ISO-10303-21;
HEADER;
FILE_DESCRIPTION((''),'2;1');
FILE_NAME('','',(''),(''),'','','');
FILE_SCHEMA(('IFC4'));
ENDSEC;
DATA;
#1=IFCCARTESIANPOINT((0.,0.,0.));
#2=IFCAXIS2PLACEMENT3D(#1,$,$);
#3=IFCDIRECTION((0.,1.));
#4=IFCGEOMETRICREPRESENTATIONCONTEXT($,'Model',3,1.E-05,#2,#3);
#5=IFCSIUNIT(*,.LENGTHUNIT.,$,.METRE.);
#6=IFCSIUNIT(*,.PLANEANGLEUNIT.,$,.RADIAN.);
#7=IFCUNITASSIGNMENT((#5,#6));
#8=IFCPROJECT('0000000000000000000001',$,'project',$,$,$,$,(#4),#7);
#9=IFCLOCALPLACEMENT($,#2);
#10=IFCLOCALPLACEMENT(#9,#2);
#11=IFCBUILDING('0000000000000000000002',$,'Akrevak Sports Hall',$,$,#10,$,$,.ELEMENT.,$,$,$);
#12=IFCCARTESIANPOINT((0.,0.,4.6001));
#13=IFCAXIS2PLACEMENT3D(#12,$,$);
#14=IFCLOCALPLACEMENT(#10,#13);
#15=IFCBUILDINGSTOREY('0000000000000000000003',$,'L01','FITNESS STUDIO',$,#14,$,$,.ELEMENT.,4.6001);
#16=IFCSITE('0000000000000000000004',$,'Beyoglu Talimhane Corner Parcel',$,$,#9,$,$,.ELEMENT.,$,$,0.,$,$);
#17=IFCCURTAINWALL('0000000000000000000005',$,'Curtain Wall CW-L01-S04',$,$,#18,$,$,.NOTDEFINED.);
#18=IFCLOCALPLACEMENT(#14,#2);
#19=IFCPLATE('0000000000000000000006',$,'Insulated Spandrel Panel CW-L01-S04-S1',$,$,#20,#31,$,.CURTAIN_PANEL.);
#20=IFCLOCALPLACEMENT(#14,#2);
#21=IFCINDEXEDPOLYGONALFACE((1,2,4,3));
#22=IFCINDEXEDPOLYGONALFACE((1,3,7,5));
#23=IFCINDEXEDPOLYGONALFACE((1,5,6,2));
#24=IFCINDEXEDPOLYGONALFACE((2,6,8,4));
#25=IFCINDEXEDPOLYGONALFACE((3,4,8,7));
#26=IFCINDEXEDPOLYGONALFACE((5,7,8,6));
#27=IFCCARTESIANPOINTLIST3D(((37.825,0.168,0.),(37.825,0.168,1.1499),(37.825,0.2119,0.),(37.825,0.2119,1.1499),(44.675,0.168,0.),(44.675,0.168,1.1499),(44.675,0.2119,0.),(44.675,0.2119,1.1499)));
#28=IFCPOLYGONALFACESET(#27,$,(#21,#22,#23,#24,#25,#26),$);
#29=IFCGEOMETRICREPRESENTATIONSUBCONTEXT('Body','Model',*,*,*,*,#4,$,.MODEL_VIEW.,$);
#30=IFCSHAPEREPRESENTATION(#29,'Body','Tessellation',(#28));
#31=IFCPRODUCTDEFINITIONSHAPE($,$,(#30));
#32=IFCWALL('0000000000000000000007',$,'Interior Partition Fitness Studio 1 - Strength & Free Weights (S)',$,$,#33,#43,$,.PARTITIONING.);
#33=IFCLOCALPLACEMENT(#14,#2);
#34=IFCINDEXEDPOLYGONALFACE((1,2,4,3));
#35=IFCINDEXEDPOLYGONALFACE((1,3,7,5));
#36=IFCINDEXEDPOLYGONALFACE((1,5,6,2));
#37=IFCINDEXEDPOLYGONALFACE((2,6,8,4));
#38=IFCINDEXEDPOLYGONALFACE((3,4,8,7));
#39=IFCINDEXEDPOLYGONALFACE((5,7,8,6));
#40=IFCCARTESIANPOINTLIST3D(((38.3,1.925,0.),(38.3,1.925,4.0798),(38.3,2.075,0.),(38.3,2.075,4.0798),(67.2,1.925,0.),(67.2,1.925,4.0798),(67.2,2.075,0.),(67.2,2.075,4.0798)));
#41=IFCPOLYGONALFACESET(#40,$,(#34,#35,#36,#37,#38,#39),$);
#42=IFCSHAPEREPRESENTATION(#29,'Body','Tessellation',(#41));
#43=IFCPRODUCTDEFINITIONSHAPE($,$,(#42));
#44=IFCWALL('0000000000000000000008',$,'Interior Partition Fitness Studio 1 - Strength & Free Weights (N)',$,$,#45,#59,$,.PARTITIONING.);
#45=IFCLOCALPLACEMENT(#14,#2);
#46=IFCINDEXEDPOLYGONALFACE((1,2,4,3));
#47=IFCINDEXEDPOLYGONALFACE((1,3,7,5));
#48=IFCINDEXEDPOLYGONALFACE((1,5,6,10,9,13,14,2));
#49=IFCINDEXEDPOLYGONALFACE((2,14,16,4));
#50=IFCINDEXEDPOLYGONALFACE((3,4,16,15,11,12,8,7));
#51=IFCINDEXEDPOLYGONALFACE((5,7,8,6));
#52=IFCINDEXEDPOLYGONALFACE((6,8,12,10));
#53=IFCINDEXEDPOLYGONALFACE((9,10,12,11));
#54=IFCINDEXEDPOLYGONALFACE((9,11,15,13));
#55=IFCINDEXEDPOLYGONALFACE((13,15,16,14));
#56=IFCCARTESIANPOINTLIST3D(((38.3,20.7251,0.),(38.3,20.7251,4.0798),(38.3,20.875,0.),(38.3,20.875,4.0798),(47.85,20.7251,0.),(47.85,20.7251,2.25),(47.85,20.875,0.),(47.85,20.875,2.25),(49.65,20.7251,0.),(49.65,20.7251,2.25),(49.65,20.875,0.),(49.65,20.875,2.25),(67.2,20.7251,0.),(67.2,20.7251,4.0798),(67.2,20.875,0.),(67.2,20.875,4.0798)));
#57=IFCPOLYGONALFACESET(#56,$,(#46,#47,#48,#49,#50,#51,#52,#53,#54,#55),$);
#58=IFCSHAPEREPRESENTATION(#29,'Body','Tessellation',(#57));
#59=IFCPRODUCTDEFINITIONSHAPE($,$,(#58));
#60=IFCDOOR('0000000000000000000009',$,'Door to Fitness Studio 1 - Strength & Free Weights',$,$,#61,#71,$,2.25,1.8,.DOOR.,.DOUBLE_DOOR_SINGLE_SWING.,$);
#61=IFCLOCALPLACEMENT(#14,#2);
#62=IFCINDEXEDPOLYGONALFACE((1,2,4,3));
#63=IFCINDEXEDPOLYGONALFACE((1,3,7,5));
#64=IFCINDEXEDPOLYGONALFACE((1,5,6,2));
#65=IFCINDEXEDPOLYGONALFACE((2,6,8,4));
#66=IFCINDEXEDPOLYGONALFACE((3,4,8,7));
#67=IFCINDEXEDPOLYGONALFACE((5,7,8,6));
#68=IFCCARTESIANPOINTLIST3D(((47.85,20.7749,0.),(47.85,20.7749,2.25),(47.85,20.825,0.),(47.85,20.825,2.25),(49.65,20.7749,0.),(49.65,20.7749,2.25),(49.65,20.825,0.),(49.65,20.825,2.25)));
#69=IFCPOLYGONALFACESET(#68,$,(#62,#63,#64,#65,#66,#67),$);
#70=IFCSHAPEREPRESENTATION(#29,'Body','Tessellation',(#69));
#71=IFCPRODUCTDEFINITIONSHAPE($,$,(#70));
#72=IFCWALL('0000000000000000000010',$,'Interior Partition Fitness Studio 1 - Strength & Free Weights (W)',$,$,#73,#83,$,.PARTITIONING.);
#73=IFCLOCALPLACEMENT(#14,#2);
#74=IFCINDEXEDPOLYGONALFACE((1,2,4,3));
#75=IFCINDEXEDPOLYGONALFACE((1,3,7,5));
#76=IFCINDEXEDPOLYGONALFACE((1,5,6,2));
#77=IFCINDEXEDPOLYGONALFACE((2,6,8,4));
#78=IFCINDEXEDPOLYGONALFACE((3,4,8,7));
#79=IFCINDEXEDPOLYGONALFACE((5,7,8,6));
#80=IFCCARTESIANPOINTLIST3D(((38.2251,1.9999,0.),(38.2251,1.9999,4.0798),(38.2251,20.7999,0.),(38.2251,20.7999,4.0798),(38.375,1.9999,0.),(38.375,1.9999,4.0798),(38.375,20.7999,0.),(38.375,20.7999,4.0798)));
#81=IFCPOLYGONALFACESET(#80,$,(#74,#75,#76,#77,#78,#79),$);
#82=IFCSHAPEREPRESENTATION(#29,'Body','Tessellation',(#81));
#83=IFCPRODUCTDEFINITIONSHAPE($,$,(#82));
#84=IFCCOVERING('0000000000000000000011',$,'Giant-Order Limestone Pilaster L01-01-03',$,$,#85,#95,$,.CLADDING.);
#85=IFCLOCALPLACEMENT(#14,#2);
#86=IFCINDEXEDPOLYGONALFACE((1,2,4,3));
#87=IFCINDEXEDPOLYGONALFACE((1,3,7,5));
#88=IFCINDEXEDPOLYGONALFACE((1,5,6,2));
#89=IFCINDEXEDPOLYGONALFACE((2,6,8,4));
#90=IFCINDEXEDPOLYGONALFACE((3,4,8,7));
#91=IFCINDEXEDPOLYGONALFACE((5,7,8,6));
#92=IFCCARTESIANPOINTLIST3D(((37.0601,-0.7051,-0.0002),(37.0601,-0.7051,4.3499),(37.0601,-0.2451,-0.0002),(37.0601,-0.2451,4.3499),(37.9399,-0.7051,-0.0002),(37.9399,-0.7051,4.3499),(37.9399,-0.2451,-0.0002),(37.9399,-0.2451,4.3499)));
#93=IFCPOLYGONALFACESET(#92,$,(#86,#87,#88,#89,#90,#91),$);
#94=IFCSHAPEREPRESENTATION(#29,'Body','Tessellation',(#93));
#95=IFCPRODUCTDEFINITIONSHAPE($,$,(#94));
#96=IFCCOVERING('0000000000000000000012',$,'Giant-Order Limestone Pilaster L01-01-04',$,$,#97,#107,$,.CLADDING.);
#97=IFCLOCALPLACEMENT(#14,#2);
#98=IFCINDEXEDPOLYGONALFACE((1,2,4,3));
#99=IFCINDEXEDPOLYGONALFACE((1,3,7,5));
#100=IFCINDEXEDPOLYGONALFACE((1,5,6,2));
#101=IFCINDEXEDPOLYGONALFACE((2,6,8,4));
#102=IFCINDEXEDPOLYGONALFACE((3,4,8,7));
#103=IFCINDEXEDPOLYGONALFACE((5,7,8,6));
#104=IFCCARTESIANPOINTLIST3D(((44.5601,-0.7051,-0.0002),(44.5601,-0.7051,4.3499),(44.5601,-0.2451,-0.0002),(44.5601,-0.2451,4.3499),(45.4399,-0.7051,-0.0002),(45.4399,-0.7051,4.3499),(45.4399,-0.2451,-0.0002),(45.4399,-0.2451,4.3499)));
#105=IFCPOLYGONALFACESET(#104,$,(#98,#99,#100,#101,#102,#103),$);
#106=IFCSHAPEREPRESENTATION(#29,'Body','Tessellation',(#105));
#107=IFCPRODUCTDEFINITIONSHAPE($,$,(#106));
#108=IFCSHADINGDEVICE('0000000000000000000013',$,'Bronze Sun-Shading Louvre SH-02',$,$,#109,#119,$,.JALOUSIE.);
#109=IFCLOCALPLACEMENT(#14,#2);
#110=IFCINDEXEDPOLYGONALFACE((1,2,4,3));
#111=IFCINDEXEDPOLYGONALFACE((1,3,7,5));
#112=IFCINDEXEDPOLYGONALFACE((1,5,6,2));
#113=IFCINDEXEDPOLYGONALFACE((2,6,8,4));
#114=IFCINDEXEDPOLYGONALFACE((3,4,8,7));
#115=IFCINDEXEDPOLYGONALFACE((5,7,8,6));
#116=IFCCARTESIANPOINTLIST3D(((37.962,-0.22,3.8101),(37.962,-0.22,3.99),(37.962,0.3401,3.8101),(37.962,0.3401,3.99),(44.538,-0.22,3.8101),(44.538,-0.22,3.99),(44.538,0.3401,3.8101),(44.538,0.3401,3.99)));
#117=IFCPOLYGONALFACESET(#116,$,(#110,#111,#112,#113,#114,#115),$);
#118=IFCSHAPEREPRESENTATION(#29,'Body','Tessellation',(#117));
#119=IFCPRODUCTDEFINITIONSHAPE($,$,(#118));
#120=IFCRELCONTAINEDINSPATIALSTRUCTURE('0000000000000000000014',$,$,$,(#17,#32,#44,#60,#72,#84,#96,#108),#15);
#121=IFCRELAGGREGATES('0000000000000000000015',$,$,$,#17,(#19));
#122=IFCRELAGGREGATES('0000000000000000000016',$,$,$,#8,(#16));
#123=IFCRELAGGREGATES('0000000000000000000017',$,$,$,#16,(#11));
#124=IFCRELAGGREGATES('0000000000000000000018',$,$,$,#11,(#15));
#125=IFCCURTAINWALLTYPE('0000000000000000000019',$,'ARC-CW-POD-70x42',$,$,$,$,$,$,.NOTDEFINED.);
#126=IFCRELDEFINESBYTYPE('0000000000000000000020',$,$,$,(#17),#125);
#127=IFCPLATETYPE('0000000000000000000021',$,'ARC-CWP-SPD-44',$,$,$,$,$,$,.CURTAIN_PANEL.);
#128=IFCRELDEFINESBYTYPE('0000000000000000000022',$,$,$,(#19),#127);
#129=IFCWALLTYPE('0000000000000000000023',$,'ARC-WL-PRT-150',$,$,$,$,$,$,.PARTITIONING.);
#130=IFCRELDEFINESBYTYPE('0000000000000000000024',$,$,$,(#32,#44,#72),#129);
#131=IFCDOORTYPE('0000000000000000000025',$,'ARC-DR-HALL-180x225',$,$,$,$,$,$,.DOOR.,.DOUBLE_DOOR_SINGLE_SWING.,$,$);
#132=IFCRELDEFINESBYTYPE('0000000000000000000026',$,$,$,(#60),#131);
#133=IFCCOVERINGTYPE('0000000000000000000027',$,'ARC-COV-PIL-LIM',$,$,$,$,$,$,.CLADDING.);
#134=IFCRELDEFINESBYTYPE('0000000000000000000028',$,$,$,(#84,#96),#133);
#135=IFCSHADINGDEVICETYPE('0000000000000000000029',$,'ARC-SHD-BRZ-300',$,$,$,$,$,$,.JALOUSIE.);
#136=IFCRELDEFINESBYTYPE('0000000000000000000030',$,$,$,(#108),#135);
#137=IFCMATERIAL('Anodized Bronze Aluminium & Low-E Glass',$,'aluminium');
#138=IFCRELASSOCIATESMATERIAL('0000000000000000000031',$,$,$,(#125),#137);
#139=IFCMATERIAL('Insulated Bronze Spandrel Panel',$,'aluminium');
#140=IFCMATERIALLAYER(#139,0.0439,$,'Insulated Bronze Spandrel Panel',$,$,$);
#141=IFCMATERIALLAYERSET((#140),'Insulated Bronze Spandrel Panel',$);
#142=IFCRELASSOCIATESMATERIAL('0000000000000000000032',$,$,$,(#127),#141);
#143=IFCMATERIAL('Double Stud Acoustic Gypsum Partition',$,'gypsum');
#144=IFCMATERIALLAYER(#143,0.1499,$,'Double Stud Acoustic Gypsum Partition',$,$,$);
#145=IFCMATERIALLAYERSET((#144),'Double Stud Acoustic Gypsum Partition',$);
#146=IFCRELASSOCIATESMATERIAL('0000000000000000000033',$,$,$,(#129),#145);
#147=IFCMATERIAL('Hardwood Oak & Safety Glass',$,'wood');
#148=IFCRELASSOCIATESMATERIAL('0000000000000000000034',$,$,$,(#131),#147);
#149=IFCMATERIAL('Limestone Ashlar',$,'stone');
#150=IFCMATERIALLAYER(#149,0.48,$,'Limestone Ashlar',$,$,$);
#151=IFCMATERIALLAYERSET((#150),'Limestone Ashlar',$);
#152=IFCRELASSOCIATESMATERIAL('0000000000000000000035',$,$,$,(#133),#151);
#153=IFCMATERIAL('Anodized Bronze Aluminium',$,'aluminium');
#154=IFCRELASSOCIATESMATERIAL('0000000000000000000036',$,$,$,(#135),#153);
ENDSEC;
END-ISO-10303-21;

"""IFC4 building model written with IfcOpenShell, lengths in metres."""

from ifc_helpers import new_model, si_unit, direction, frame, frame_2d, origin, origin_2d, place, context, subcontext, project, spatial, rectangle, extrude, material, layer, layer_set, type_object, element, fill, aggregate, save


model = new_model("IFC4")

# Units and contexts
model_context = context("Model", 3, precision=1e-05, world=origin(), true_north=direction((0.0, 1.0)))
body_context = subcontext(model_context, "Body", "Model", "MODEL_VIEW")
ifc_project = project(units=[si_unit("LENGTHUNIT", "METRE"), si_unit("PLANEANGLEUNIT", "RADIAN")], contexts=[model_context])

# Site, building, storey
site_placement = place(None, origin())
site = spatial("IfcSite", under=ifc_project, at=site_placement, Name="Beyoglu Talimhane Corner Parcel", CompositionType="ELEMENT", RefElevation=0.0)
building_placement = place(site_placement, origin())
building = spatial("IfcBuilding", under=site, at=building_placement, Name="Akrevak Sports Hall", CompositionType="ELEMENT")
storey_placement = place(building_placement, frame((0.0, 0.0, 4.6001)))
storey = spatial("IfcBuildingStorey", under=building, at=storey_placement, Name="L01", Description="FITNESS STUDIO", CompositionType="ELEMENT", Elevation=4.6001)

# Curtain wall
ifc_material_1 = material(Name="Anodized Bronze Aluminium & Low-E Glass", Category="aluminium")
curtain_wall_type = type_object("IfcCurtainWallType", Name="ARC-CW-POD-70x42", PredefinedType="NOTDEFINED", material=ifc_material_1)
curtain_wall_placement = place(storey_placement, origin())
curtain_wall = element("IfcCurtainWall", 1, at=curtain_wall_placement, inside=storey, type_object=curtain_wall_type, Name="Curtain Wall CW-L01-S04", PredefinedType="NOTDEFINED")
ifc_material_2 = material(Name="Anodized Bronze Aluminium", Category="aluminium")

# Plate
ifc_material_3 = material(Name="Insulated Bronze Spandrel Panel", Category="aluminium")
ifc_layer_1 = layer(ifc_material_3, 0.0439, Name="Insulated Bronze Spandrel Panel")
ifc_layer_set_1 = layer_set([ifc_layer_1], Name="Insulated Bronze Spandrel Panel")
plate_type_1 = type_object("IfcPlateType", Name="ARC-CWP-SPD-44", PredefinedType="CURTAIN_PANEL", material=ifc_layer_set_1)
plate_1_placement = place(storey_placement, frame((41.25, 0.1899, 0.0), z_axis=(0.0, 0.0, 1.0), x_axis=(1.0, 0.0, 0.0)))
plate_1 = element("IfcPlate", 2, at=plate_1_placement, type_object=plate_type_1, Name="Insulated Spandrel Panel CW-L01-S04-S1", PredefinedType="CURTAIN_PANEL", context=body_context, shape_type="SweptSolid", body=[
    extrude(rectangle(XDim=6.8501, YDim=0.0439, at=origin_2d()), origin(), (0.0, 0.0, 1.0), 1.1499),
])
aggregate(curtain_wall, [plate_1])

# Wall
ifc_material_4 = material(Name="Double Stud Acoustic Gypsum Partition", Category="gypsum")
ifc_layer_2 = layer(ifc_material_4, 0.1499, Name="Double Stud Acoustic Gypsum Partition")
ifc_layer_set_2 = layer_set([ifc_layer_2], Name="Double Stud Acoustic Gypsum Partition")
wall_type = type_object("IfcWallType", Name="ARC-WL-PRT-150", PredefinedType="PARTITIONING", material=ifc_layer_set_2)
wall_1_placement = place(storey_placement, frame((38.3, 2.0, 0.0), z_axis=(0.0, 0.0, 1.0), x_axis=(1.0, 0.0, 0.0)))
element("IfcWall", 3, at=wall_1_placement, inside=storey, type_object=wall_type, Name="Interior Partition Fitness Studio 1 - Strength & Free Weights (S)", PredefinedType="PARTITIONING", context=body_context, shape_type="SweptSolid", body=[
    extrude(rectangle(XDim=28.8999, YDim=0.1499, at=frame_2d((14.45, 0.0))), origin(), (0.0, 0.0, 1.0), 4.0798),
])

# Wall, opening, door
wall_2_placement = place(storey_placement, frame((38.3, 20.8, 0.0), z_axis=(0.0, 0.0, 1.0), x_axis=(1.0, 0.0, 0.0)))
wall_2 = element("IfcWall", 4, at=wall_2_placement, inside=storey, type_object=wall_type, Name="Interior Partition Fitness Studio 1 - Strength & Free Weights (N)", PredefinedType="PARTITIONING", context=body_context, shape_type="SweptSolid", body=[
    extrude(rectangle(XDim=28.8999, YDim=0.1499, at=frame_2d((14.45, 0.0))), origin(), (0.0, 0.0, 1.0), 4.0798),
])
opening_placement = place(wall_2_placement, frame((9.55, 0.0, 0.0)))
opening = element("IfcOpeningElement", 5, at=opening_placement, cuts=wall_2, PredefinedType="OPENING", context=body_context, shape_type="SweptSolid", body=[
    extrude(rectangle(XDim=1.8, YDim=2.25, at=frame_2d((0.8999, 1.125))), frame((0.0, 0.0869, 0.0), z_axis=(0.0, -1.0, 0.0), x_axis=(1.0, 0.0, 0.0)), (0.0, 0.0, 1.0), 0.1738),
])
ifc_material_5 = material(Name="Hardwood Oak & Safety Glass", Category="wood")
door_type = type_object("IfcDoorType", Name="ARC-DR-HALL-180x225", OperationType="DOUBLE_DOOR_SINGLE_SWING", PredefinedType="DOOR", material=ifc_material_5)
door_placement = place(opening_placement, origin())
door = element("IfcDoor", 6, at=door_placement, inside=storey, type_object=door_type, Name="Door to Fitness Studio 1 - Strength & Free Weights", OperationType="DOUBLE_DOOR_SINGLE_SWING", OverallHeight=2.25, OverallWidth=1.8, PredefinedType="DOOR", context=body_context, shape_type="SweptSolid", body=[
    extrude(rectangle(XDim=1.8, YDim=2.25, at=frame_2d((0.8999, 1.125))), frame((0.0, 0.0249, 0.0), z_axis=(0.0, -1.0, 0.0), x_axis=(1.0, 0.0, 0.0)), (0.0, 0.0, 1.0), 0.05),
])
fill(opening, door)

# Wall
wall_3_placement = place(storey_placement, frame((38.3, 2.0, 0.0), z_axis=(0.0, 0.0, 1.0), x_axis=(0.0, 1.0, 0.0)))
element("IfcWall", 7, at=wall_3_placement, inside=storey, type_object=wall_type, Name="Interior Partition Fitness Studio 1 - Strength & Free Weights (W)", PredefinedType="PARTITIONING", context=body_context, shape_type="SweptSolid", body=[
    extrude(rectangle(XDim=18.8, YDim=0.1499, at=frame_2d((9.3999, 0.0))), origin(), (0.0, 0.0, 1.0), 4.0798),
])

# Coverings
ifc_material_6 = material(Name="Limestone Ashlar", Category="stone")
ifc_layer_3 = layer(ifc_material_6, 0.48, Name="Limestone Ashlar")
ifc_layer_set_3 = layer_set([ifc_layer_3], Name="Limestone Ashlar")
covering_type = type_object("IfcCoveringType", Name="ARC-COV-PIL-LIM", PredefinedType="CLADDING", material=ifc_layer_set_3)
for number, where, z_axis, x_axis, name in (
    (8, (37.5, -0.4751, -0.0002), (0.0, 0.0, 1.0), (1.0, 0.0, 0.0), "Giant-Order Limestone Pilaster L01-01-03"),
    (9, (45.0, -0.4751, -0.0002), (0.0, 0.0, 1.0), (1.0, 0.0, 0.0), "Giant-Order Limestone Pilaster L01-01-04"),
):
    element("IfcCovering", number, at=place(storey_placement, frame(where, z_axis=z_axis, x_axis=x_axis)), inside=storey, type_object=covering_type, Name=name, PredefinedType="CLADDING", context=body_context, shape_type="SweptSolid", body=[
        extrude(rectangle(XDim=0.8799, YDim=0.46, at=origin_2d()), origin(), (0.0, 0.0, 1.0), 4.3501),
    ])

# Shading device
shading_device_type = type_object("IfcShadingDeviceType", Name="ARC-SHD-BRZ-300", PredefinedType="JALOUSIE", material=ifc_material_2)
shading_device_placement = place(storey_placement, frame((41.25, 0.0601, 3.8101), z_axis=(0.0, 0.0, 1.0), x_axis=(1.0, 0.0, 0.0)))
element("IfcShadingDevice", 10, at=shading_device_placement, inside=storey, type_object=shading_device_type, Name="Bronze Sun-Shading Louvre SH-02", PredefinedType="JALOUSIE", context=body_context, shape_type="SweptSolid", body=[
    extrude(rectangle(XDim=6.5759, YDim=0.5601, at=origin_2d()), origin(), (0.0, 0.0, 1.0), 0.1799),
])

save(model, "model.ifc")
